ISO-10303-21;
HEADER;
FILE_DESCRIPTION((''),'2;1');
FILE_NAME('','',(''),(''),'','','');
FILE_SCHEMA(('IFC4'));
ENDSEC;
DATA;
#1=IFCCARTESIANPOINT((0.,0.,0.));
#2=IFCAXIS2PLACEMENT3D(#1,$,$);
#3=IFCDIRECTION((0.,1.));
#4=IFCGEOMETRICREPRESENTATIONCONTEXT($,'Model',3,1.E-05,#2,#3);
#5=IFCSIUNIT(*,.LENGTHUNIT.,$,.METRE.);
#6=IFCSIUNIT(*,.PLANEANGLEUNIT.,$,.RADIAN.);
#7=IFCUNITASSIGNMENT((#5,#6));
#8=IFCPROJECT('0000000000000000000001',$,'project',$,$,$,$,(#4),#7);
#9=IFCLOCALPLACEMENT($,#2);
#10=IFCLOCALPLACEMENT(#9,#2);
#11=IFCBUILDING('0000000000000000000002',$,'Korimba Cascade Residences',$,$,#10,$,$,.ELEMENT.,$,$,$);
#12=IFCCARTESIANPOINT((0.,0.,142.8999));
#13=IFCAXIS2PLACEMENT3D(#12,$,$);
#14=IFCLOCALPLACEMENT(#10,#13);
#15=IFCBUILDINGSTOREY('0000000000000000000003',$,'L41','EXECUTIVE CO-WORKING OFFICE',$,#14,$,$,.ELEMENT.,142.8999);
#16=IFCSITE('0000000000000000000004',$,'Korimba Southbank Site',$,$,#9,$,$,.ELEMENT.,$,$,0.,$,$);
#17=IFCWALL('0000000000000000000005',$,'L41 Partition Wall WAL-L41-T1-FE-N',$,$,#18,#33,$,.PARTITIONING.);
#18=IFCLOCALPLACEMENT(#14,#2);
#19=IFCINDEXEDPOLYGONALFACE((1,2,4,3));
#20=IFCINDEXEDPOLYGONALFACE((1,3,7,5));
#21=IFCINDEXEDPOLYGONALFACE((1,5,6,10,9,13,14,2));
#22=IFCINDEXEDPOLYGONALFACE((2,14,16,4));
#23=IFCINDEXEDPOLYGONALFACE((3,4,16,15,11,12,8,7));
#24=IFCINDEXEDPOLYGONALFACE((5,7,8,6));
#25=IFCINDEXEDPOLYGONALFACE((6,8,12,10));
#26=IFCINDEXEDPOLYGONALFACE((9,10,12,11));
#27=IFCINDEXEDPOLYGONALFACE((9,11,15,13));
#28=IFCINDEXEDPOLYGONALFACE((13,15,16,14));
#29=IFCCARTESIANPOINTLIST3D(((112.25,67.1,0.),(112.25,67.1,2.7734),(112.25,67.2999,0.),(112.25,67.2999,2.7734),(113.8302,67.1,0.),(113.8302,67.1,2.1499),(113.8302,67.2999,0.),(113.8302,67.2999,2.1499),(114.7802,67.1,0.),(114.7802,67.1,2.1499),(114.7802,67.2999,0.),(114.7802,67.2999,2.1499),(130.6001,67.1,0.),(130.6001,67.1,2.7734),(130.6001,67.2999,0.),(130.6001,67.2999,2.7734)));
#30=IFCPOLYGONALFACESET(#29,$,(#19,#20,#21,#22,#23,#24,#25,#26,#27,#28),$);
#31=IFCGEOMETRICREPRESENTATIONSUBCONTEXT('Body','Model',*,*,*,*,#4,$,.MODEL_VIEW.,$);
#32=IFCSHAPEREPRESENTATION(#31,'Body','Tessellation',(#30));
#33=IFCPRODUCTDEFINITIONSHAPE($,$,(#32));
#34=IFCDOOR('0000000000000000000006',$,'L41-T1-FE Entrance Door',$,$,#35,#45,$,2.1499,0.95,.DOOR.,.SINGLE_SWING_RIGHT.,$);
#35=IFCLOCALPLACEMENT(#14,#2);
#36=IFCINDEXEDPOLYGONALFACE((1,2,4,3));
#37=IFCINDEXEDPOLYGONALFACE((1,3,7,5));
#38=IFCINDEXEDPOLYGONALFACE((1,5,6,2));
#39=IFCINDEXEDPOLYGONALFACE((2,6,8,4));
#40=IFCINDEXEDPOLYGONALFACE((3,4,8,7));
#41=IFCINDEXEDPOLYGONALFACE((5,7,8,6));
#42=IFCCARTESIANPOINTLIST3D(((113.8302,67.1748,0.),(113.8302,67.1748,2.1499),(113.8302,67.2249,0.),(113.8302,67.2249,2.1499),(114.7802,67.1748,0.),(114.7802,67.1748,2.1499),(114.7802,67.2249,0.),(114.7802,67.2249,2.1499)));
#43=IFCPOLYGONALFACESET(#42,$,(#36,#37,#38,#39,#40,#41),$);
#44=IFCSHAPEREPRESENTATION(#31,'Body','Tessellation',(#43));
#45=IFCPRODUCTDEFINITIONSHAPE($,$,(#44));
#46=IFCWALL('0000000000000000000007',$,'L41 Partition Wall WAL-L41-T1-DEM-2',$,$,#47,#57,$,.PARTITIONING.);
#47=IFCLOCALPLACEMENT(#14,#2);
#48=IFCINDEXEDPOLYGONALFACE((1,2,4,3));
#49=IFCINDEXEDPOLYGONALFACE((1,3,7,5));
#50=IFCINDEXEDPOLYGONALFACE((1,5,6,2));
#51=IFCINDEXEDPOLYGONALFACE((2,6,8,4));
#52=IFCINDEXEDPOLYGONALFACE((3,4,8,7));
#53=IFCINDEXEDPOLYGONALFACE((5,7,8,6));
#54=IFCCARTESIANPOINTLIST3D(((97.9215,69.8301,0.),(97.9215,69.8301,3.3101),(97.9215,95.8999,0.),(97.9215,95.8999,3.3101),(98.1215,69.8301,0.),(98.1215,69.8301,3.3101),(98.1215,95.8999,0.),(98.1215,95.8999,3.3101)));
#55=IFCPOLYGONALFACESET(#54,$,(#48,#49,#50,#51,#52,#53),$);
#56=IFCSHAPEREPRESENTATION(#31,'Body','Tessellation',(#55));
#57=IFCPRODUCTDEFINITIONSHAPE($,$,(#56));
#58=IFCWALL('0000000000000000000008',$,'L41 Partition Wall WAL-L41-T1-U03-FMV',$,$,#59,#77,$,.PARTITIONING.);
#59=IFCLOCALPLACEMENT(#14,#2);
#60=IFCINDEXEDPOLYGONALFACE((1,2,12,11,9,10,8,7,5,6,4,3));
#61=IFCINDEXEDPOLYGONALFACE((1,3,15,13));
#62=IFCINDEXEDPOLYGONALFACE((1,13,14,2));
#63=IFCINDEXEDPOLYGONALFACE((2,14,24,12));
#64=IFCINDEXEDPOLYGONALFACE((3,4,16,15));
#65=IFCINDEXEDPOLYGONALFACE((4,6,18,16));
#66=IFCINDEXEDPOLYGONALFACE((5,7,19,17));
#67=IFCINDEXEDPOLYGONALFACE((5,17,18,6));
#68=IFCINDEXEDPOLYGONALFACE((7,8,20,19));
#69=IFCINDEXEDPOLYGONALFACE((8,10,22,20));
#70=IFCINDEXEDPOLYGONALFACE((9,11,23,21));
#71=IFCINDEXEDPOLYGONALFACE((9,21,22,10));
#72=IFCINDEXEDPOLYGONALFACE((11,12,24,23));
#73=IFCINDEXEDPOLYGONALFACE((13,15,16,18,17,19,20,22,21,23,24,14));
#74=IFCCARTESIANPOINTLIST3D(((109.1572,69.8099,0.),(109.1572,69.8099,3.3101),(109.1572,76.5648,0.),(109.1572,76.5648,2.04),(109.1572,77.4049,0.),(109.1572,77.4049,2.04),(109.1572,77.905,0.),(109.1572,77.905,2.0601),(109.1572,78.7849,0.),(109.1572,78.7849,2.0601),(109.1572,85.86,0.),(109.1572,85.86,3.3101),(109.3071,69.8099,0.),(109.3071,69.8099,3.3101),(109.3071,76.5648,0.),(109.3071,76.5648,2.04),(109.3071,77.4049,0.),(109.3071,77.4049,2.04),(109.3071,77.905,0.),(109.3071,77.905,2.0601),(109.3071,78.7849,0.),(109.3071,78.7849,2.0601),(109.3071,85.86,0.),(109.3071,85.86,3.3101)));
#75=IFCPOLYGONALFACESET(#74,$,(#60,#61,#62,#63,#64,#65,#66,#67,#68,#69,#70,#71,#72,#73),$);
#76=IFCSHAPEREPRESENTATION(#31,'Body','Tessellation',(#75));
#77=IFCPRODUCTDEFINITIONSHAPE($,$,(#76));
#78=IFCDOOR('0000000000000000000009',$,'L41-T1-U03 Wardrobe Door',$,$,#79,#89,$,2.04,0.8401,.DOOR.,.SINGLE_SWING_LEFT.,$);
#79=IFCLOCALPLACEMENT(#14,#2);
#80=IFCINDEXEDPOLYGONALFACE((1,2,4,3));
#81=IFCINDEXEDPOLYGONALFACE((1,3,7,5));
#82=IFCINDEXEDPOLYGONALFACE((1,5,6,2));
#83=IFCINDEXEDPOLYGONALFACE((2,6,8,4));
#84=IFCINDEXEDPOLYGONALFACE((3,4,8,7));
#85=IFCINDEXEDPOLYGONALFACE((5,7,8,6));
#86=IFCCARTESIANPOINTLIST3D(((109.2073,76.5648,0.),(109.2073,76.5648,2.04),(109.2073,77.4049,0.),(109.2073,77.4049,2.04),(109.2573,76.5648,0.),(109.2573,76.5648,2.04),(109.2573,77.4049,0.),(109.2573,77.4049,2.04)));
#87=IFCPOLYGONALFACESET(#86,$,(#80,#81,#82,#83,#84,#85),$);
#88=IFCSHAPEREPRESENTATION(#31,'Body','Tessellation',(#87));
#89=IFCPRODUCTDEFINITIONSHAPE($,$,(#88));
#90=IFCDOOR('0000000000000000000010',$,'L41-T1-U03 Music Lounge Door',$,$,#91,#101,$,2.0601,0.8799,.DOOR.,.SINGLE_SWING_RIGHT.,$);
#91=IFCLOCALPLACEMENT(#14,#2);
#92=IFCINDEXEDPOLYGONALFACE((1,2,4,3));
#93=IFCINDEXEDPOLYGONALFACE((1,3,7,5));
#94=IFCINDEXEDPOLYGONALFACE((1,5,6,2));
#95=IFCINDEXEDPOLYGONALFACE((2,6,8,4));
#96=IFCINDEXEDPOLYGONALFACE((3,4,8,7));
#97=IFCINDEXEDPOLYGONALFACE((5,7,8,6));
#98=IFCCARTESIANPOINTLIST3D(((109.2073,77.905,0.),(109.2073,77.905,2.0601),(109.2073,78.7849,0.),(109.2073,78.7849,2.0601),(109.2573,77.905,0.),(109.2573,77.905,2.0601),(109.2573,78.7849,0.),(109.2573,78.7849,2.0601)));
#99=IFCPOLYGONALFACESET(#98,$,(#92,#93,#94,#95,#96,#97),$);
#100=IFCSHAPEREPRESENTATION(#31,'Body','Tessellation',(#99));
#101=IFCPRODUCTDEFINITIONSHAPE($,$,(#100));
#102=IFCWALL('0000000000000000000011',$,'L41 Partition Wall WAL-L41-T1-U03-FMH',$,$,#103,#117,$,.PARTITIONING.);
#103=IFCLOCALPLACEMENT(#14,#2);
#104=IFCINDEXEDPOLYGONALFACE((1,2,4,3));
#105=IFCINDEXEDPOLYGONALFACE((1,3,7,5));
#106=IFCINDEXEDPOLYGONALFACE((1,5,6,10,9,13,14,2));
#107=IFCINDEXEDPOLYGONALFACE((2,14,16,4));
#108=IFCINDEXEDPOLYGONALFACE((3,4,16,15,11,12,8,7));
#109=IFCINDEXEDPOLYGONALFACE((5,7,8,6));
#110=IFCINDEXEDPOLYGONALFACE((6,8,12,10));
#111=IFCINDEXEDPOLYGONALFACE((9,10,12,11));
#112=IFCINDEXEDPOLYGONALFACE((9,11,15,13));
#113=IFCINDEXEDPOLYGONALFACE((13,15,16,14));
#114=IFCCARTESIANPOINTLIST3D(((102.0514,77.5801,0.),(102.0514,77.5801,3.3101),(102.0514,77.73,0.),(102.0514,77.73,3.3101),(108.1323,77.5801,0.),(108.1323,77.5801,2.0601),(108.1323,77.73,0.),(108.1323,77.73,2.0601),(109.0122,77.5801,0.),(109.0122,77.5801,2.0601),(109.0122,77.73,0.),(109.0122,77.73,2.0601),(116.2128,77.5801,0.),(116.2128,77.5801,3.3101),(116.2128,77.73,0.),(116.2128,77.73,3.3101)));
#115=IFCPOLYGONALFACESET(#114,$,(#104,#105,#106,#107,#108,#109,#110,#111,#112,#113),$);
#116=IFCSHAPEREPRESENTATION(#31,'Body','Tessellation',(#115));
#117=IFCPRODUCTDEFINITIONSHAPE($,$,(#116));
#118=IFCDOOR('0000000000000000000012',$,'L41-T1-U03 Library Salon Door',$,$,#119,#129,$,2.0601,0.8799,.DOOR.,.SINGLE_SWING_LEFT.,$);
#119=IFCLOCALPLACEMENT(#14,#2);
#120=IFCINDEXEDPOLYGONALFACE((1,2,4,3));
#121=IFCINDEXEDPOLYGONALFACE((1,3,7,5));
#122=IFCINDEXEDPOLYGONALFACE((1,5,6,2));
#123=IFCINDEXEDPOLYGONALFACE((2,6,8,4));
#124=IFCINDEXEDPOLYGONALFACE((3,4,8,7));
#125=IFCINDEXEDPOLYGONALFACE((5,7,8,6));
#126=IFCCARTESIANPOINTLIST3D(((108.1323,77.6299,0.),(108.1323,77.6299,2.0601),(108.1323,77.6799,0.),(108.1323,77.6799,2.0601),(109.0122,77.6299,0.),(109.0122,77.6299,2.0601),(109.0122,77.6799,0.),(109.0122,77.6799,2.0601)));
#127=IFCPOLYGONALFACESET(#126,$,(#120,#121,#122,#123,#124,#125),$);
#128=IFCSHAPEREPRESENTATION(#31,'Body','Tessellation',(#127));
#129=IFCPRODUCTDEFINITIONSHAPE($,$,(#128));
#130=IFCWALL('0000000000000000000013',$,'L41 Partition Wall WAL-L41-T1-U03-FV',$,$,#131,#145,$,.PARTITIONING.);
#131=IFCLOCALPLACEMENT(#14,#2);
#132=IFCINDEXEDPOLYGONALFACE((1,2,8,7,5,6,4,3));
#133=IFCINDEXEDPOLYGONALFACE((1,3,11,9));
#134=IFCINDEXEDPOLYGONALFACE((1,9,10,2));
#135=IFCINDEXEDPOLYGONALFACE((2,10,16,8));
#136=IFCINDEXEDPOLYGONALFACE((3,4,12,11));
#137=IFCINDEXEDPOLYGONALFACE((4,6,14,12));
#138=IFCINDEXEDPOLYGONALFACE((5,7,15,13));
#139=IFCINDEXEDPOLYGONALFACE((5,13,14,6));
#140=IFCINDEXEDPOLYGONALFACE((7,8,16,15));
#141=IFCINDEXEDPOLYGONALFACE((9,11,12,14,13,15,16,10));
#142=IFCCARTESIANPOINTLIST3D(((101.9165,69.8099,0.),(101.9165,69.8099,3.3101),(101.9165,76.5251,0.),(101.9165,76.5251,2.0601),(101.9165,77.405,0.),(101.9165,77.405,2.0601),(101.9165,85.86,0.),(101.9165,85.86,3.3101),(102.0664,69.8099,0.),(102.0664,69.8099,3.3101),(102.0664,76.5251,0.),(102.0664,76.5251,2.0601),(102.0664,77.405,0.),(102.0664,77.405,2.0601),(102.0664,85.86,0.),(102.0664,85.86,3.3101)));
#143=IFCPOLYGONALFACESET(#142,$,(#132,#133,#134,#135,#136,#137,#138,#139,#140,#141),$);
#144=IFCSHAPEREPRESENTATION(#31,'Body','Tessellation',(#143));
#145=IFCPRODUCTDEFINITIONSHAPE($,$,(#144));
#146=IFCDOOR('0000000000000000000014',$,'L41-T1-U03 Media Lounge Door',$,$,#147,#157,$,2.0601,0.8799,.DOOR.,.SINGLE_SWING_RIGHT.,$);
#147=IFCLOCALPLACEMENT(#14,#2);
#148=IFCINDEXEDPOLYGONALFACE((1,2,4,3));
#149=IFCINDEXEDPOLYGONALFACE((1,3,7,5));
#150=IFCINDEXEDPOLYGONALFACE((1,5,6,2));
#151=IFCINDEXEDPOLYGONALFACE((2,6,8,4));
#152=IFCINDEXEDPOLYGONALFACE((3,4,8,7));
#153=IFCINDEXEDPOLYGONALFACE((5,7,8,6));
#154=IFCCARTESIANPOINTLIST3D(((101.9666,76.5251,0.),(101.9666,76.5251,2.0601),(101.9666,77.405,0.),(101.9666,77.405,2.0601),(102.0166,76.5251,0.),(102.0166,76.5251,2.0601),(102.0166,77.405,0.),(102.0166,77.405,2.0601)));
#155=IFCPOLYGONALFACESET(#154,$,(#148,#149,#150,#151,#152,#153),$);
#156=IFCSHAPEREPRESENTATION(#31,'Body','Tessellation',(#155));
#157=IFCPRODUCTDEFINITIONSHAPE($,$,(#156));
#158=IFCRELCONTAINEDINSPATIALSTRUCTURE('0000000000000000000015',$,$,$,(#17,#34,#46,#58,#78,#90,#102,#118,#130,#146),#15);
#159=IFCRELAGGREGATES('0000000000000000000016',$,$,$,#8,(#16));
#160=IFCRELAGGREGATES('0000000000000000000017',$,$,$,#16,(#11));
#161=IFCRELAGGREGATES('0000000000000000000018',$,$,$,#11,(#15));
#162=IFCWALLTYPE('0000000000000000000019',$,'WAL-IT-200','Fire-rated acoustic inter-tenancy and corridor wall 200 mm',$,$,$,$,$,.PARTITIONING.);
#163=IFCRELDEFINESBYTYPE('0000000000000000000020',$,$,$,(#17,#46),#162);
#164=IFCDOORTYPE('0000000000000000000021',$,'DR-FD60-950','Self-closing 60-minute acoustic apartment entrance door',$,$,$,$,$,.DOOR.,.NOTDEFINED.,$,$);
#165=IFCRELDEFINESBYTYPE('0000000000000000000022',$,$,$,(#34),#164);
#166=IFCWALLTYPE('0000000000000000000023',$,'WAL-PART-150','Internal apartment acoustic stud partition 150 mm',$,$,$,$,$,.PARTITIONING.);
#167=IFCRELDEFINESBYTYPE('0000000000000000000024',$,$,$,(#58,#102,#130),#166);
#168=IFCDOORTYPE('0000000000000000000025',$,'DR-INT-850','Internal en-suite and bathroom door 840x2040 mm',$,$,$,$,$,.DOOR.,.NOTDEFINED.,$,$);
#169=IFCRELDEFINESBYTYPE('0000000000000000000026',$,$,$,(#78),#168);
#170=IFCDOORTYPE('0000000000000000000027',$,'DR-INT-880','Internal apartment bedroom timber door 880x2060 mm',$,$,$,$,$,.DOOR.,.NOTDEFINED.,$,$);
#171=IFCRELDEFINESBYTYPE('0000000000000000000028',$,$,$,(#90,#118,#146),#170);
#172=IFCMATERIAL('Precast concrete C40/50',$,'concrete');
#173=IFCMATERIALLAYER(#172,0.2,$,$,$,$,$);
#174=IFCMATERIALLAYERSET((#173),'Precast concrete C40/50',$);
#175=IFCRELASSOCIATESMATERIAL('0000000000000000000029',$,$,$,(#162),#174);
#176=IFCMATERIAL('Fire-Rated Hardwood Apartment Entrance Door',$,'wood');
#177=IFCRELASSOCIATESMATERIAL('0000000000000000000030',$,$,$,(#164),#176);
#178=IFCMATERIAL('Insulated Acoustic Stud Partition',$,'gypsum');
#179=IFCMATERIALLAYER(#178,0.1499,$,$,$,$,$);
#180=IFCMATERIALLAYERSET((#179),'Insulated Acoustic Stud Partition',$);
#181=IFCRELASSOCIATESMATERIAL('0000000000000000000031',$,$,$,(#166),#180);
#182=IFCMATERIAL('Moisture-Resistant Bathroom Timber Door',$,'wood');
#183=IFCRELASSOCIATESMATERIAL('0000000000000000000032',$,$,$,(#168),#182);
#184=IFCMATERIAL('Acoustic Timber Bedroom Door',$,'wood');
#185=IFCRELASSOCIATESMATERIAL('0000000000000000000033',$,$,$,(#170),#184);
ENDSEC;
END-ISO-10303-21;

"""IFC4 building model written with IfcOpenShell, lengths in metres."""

from ifc_helpers import new_model, si_unit, direction, frame, frame_2d, origin, place, context, subcontext, project, spatial, rectangle, extrude, material, layer, layer_set, type_object, element, fill, save


model = new_model("IFC4")

# Units and contexts
model_context = context("Model", 3, precision=1e-05, world=origin(), true_north=direction((0.0, 1.0)))
body_context = subcontext(model_context, "Body", "Model", "MODEL_VIEW")
ifc_project = project(units=[si_unit("LENGTHUNIT", "METRE"), si_unit("PLANEANGLEUNIT", "RADIAN")], contexts=[model_context])

# Site, building, storey
site_placement = place(None, origin())
site = spatial("IfcSite", under=ifc_project, at=site_placement, Name="Korimba Southbank Site", CompositionType="ELEMENT", RefElevation=0.0)
building_placement = place(site_placement, origin())
building = spatial("IfcBuilding", under=site, at=building_placement, Name="Korimba Cascade Residences", CompositionType="ELEMENT")
storey_placement = place(building_placement, frame((0.0, 0.0, 142.8999)))
storey = spatial("IfcBuildingStorey", under=building, at=storey_placement, Name="L41", Description="EXECUTIVE CO-WORKING OFFICE", CompositionType="ELEMENT", Elevation=142.8999)

# Wall, opening, door
ifc_material_1 = material(Name="Precast concrete C40/50", Category="concrete")
ifc_layer_1 = layer(ifc_material_1, 0.2)
ifc_layer_set_1 = layer_set([ifc_layer_1], Name="Precast concrete C40/50")
wall_type_1 = type_object("IfcWallType", Name="WAL-IT-200", Description="Fire-rated acoustic inter-tenancy and corridor wall 200 mm", PredefinedType="PARTITIONING", material=ifc_layer_set_1)
wall_1_placement = place(storey_placement, frame((112.25, 67.2, 0.0), z_axis=(0.0, 0.0, 1.0), x_axis=(1.0, 0.0, 0.0)))
wall_1 = element("IfcWall", 1, at=wall_1_placement, inside=storey, type_object=wall_type_1, Name="L41 Partition Wall WAL-L41-T1-FE-N", PredefinedType="PARTITIONING", context=body_context, shape_type="SweptSolid", body=[
    extrude(rectangle(XDim=18.3501, YDim=0.2, at=frame_2d((9.175, 0.0))), origin(), (0.0, 0.0, 1.0), 2.7734),
])
opening_1_placement = place(wall_1_placement, frame((1.5801, 0.0, 0.0)))
opening_1 = element("IfcOpeningElement", 2, at=opening_1_placement, cuts=wall_1, PredefinedType="OPENING", context=body_context, shape_type="SweptSolid", body=[
    extrude(rectangle(XDim=0.95, YDim=2.1499, at=frame_2d((0.4751, 1.075))), frame((0.0, 0.1099, 0.0), z_axis=(0.0, -1.0, 0.0), x_axis=(1.0, 0.0, 0.0)), (0.0, 0.0, 1.0), 0.22),
])
ifc_material_2 = material(Name="Fire-Rated Hardwood Apartment Entrance Door", Category="wood")
door_type_1 = type_object("IfcDoorType", Name="DR-FD60-950", Description="Self-closing 60-minute acoustic apartment entrance door", OperationType="NOTDEFINED", PredefinedType="DOOR", material=ifc_material_2)
door_1_placement = place(opening_1_placement, origin())
door_1 = element("IfcDoor", 3, at=door_1_placement, inside=storey, type_object=door_type_1, Name="L41-T1-FE Entrance Door", OperationType="SINGLE_SWING_RIGHT", OverallHeight=2.1499, OverallWidth=0.95, PredefinedType="DOOR", context=body_context, shape_type="SweptSolid", body=[
    extrude(rectangle(XDim=0.95, YDim=2.1499, at=frame_2d((0.4751, 1.075))), frame((0.0, 0.0249, 0.0), z_axis=(0.0, -1.0, 0.0), x_axis=(1.0, 0.0, 0.0)), (0.0, 0.0, 1.0), 0.05),
])
fill(opening_1, door_1)

# Wall
wall_2_placement = place(storey_placement, frame((98.0215, 69.8301, 0.0), z_axis=(0.0, 0.0, 1.0), x_axis=(0.0, 1.0, 0.0)))
element("IfcWall", 4, at=wall_2_placement, inside=storey, type_object=wall_type_1, Name="L41 Partition Wall WAL-L41-T1-DEM-2", PredefinedType="PARTITIONING", context=body_context, shape_type="SweptSolid", body=[
    extrude(rectangle(XDim=26.0698, YDim=0.2, at=frame_2d((13.0349, 0.0))), origin(), (0.0, 0.0, 1.0), 3.3101),
])

# Wall, openings, doors
ifc_material_3 = material(Name="Insulated Acoustic Stud Partition", Category="gypsum")
ifc_layer_2 = layer(ifc_material_3, 0.1499)
ifc_layer_set_2 = layer_set([ifc_layer_2], Name="Insulated Acoustic Stud Partition")
wall_type_2 = type_object("IfcWallType", Name="WAL-PART-150", Description="Internal apartment acoustic stud partition 150 mm", PredefinedType="PARTITIONING", material=ifc_layer_set_2)
wall_3_placement = place(storey_placement, frame((109.2322, 69.8101, 0.0), z_axis=(0.0, 0.0, 1.0), x_axis=(0.0, 1.0, 0.0)))
wall_3 = element("IfcWall", 5, at=wall_3_placement, inside=storey, type_object=wall_type_2, Name="L41 Partition Wall WAL-L41-T1-U03-FMV", PredefinedType="PARTITIONING", context=body_context, shape_type="SweptSolid", body=[
    extrude(rectangle(XDim=16.05, YDim=0.1499, at=frame_2d((8.0249, 0.0))), origin(), (0.0, 0.0, 1.0), 3.3101),
])
opening_2_placement = place(wall_3_placement, frame((6.7549, 0.0, 0.0)))
opening_2 = element("IfcOpeningElement", 6, at=opening_2_placement, cuts=wall_3, PredefinedType="OPENING", context=body_context, shape_type="SweptSolid", body=[
    extrude(rectangle(XDim=0.8401, YDim=2.04, at=frame_2d((0.4199, 1.02))), frame((0.0, 0.085, 0.0), z_axis=(0.0, -1.0, 0.0), x_axis=(1.0, 0.0, 0.0)), (0.0, 0.0, 1.0), 0.1699),
])
opening_3_placement = place(wall_3_placement, frame((8.095, 0.0, 0.0)))
opening_3 = element("IfcOpeningElement", 7, at=opening_3_placement, cuts=wall_3, PredefinedType="OPENING", context=body_context, shape_type="SweptSolid", body=[
    extrude(rectangle(XDim=0.8799, YDim=2.0601, at=frame_2d((0.4399, 1.03))), frame((0.0, 0.085, 0.0), z_axis=(0.0, -1.0, 0.0), x_axis=(1.0, 0.0, 0.0)), (0.0, 0.0, 1.0), 0.1699),
])
ifc_material_4 = material(Name="Moisture-Resistant Bathroom Timber Door", Category="wood")
door_type_2 = type_object("IfcDoorType", Name="DR-INT-850", Description="Internal en-suite and bathroom door 840x2040 mm", OperationType="NOTDEFINED", PredefinedType="DOOR", material=ifc_material_4)
door_2_placement = place(opening_2_placement, origin())
door_2 = element("IfcDoor", 8, at=door_2_placement, inside=storey, type_object=door_type_2, Name="L41-T1-U03 Wardrobe Door", OperationType="SINGLE_SWING_LEFT", OverallHeight=2.04, OverallWidth=0.8401, PredefinedType="DOOR", context=body_context, shape_type="SweptSolid", body=[
    extrude(rectangle(XDim=0.8401, YDim=2.04, at=frame_2d((0.4199, 1.02))), frame((0.0, 0.0249, 0.0), z_axis=(0.0, -1.0, 0.0), x_axis=(1.0, 0.0, 0.0)), (0.0, 0.0, 1.0), 0.05),
])
fill(opening_2, door_2)
ifc_material_5 = material(Name="Acoustic Timber Bedroom Door", Category="wood")
door_type_3 = type_object("IfcDoorType", Name="DR-INT-880", Description="Internal apartment bedroom timber door 880x2060 mm", OperationType="NOTDEFINED", PredefinedType="DOOR", material=ifc_material_5)
door_3_placement = place(opening_3_placement, origin())
door_3 = element("IfcDoor", 9, at=door_3_placement, inside=storey, type_object=door_type_3, Name="L41-T1-U03 Music Lounge Door", OperationType="SINGLE_SWING_RIGHT", OverallHeight=2.0601, OverallWidth=0.8799, PredefinedType="DOOR", context=body_context, shape_type="SweptSolid", body=[
    extrude(rectangle(XDim=0.8799, YDim=2.0601, at=frame_2d((0.4399, 1.03))), frame((0.0, 0.0249, 0.0), z_axis=(0.0, -1.0, 0.0), x_axis=(1.0, 0.0, 0.0)), (0.0, 0.0, 1.0), 0.05),
])
fill(opening_3, door_3)

# Walls, openings, doors
wall_4_placement = place(storey_placement, frame((102.0515, 77.655, 0.0), z_axis=(0.0, 0.0, 1.0), x_axis=(1.0, 0.0, 0.0)))
wall_4 = element("IfcWall", 10, at=wall_4_placement, inside=storey, type_object=wall_type_2, Name="L41 Partition Wall WAL-L41-T1-U03-FMH", PredefinedType="PARTITIONING", context=body_context, shape_type="SweptSolid", body=[
    extrude(rectangle(XDim=14.1614, YDim=0.1499, at=frame_2d((7.0806, 0.0))), origin(), (0.0, 0.0, 1.0), 3.3101),
])
opening_4_placement = place(wall_4_placement, frame((6.0808, 0.0, 0.0)))
opening_4 = element("IfcOpeningElement", 11, at=opening_4_placement, cuts=wall_4, PredefinedType="OPENING", context=body_context, shape_type="SweptSolid", body=[
    extrude(rectangle(XDim=0.8799, YDim=2.0601, at=frame_2d((0.4399, 1.03))), frame((0.0, 0.085, 0.0), z_axis=(0.0, -1.0, 0.0), x_axis=(1.0, 0.0, 0.0)), (0.0, 0.0, 1.0), 0.1699),
])
door_4_placement = place(opening_4_placement, origin())
door_4 = element("IfcDoor", 12, at=door_4_placement, inside=storey, type_object=door_type_3, Name="L41-T1-U03 Library Salon Door", OperationType="SINGLE_SWING_LEFT", OverallHeight=2.0601, OverallWidth=0.8799, PredefinedType="DOOR", context=body_context, shape_type="SweptSolid", body=[
    extrude(rectangle(XDim=0.8799, YDim=2.0601, at=frame_2d((0.4399, 1.03))), frame((0.0, 0.0249, 0.0), z_axis=(0.0, -1.0, 0.0), x_axis=(1.0, 0.0, 0.0)), (0.0, 0.0, 1.0), 0.05),
])
fill(opening_4, door_4)
wall_5_placement = place(storey_placement, frame((101.9915, 69.8101, 0.0), z_axis=(0.0, 0.0, 1.0), x_axis=(0.0, 1.0, 0.0)))
wall_5 = element("IfcWall", 13, at=wall_5_placement, inside=storey, type_object=wall_type_2, Name="L41 Partition Wall WAL-L41-T1-U03-FV", PredefinedType="PARTITIONING", context=body_context, shape_type="SweptSolid", body=[
    extrude(rectangle(XDim=16.05, YDim=0.1499, at=frame_2d((8.0249, 0.0))), origin(), (0.0, 0.0, 1.0), 3.3101),
])
opening_5_placement = place(wall_5_placement, frame((6.7151, 0.0, 0.0)))
opening_5 = element("IfcOpeningElement", 14, at=opening_5_placement, cuts=wall_5, PredefinedType="OPENING", context=body_context, shape_type="SweptSolid", body=[
    extrude(rectangle(XDim=0.8799, YDim=2.0601, at=frame_2d((0.4399, 1.03))), frame((0.0, 0.085, 0.0), z_axis=(0.0, -1.0, 0.0), x_axis=(1.0, 0.0, 0.0)), (0.0, 0.0, 1.0), 0.1699),
])
door_5_placement = place(opening_5_placement, origin())
door_5 = element("IfcDoor", 15, at=door_5_placement, inside=storey, type_object=door_type_3, Name="L41-T1-U03 Media Lounge Door", OperationType="SINGLE_SWING_RIGHT", OverallHeight=2.0601, OverallWidth=0.8799, PredefinedType="DOOR", context=body_context, shape_type="SweptSolid", body=[
    extrude(rectangle(XDim=0.8799, YDim=2.0601, at=frame_2d((0.4399, 1.03))), frame((0.0, 0.0249, 0.0), z_axis=(0.0, -1.0, 0.0), x_axis=(1.0, 0.0, 0.0)), (0.0, 0.0, 1.0), 0.05),
])
fill(opening_5, door_5)

save(model, "model.ifc")
